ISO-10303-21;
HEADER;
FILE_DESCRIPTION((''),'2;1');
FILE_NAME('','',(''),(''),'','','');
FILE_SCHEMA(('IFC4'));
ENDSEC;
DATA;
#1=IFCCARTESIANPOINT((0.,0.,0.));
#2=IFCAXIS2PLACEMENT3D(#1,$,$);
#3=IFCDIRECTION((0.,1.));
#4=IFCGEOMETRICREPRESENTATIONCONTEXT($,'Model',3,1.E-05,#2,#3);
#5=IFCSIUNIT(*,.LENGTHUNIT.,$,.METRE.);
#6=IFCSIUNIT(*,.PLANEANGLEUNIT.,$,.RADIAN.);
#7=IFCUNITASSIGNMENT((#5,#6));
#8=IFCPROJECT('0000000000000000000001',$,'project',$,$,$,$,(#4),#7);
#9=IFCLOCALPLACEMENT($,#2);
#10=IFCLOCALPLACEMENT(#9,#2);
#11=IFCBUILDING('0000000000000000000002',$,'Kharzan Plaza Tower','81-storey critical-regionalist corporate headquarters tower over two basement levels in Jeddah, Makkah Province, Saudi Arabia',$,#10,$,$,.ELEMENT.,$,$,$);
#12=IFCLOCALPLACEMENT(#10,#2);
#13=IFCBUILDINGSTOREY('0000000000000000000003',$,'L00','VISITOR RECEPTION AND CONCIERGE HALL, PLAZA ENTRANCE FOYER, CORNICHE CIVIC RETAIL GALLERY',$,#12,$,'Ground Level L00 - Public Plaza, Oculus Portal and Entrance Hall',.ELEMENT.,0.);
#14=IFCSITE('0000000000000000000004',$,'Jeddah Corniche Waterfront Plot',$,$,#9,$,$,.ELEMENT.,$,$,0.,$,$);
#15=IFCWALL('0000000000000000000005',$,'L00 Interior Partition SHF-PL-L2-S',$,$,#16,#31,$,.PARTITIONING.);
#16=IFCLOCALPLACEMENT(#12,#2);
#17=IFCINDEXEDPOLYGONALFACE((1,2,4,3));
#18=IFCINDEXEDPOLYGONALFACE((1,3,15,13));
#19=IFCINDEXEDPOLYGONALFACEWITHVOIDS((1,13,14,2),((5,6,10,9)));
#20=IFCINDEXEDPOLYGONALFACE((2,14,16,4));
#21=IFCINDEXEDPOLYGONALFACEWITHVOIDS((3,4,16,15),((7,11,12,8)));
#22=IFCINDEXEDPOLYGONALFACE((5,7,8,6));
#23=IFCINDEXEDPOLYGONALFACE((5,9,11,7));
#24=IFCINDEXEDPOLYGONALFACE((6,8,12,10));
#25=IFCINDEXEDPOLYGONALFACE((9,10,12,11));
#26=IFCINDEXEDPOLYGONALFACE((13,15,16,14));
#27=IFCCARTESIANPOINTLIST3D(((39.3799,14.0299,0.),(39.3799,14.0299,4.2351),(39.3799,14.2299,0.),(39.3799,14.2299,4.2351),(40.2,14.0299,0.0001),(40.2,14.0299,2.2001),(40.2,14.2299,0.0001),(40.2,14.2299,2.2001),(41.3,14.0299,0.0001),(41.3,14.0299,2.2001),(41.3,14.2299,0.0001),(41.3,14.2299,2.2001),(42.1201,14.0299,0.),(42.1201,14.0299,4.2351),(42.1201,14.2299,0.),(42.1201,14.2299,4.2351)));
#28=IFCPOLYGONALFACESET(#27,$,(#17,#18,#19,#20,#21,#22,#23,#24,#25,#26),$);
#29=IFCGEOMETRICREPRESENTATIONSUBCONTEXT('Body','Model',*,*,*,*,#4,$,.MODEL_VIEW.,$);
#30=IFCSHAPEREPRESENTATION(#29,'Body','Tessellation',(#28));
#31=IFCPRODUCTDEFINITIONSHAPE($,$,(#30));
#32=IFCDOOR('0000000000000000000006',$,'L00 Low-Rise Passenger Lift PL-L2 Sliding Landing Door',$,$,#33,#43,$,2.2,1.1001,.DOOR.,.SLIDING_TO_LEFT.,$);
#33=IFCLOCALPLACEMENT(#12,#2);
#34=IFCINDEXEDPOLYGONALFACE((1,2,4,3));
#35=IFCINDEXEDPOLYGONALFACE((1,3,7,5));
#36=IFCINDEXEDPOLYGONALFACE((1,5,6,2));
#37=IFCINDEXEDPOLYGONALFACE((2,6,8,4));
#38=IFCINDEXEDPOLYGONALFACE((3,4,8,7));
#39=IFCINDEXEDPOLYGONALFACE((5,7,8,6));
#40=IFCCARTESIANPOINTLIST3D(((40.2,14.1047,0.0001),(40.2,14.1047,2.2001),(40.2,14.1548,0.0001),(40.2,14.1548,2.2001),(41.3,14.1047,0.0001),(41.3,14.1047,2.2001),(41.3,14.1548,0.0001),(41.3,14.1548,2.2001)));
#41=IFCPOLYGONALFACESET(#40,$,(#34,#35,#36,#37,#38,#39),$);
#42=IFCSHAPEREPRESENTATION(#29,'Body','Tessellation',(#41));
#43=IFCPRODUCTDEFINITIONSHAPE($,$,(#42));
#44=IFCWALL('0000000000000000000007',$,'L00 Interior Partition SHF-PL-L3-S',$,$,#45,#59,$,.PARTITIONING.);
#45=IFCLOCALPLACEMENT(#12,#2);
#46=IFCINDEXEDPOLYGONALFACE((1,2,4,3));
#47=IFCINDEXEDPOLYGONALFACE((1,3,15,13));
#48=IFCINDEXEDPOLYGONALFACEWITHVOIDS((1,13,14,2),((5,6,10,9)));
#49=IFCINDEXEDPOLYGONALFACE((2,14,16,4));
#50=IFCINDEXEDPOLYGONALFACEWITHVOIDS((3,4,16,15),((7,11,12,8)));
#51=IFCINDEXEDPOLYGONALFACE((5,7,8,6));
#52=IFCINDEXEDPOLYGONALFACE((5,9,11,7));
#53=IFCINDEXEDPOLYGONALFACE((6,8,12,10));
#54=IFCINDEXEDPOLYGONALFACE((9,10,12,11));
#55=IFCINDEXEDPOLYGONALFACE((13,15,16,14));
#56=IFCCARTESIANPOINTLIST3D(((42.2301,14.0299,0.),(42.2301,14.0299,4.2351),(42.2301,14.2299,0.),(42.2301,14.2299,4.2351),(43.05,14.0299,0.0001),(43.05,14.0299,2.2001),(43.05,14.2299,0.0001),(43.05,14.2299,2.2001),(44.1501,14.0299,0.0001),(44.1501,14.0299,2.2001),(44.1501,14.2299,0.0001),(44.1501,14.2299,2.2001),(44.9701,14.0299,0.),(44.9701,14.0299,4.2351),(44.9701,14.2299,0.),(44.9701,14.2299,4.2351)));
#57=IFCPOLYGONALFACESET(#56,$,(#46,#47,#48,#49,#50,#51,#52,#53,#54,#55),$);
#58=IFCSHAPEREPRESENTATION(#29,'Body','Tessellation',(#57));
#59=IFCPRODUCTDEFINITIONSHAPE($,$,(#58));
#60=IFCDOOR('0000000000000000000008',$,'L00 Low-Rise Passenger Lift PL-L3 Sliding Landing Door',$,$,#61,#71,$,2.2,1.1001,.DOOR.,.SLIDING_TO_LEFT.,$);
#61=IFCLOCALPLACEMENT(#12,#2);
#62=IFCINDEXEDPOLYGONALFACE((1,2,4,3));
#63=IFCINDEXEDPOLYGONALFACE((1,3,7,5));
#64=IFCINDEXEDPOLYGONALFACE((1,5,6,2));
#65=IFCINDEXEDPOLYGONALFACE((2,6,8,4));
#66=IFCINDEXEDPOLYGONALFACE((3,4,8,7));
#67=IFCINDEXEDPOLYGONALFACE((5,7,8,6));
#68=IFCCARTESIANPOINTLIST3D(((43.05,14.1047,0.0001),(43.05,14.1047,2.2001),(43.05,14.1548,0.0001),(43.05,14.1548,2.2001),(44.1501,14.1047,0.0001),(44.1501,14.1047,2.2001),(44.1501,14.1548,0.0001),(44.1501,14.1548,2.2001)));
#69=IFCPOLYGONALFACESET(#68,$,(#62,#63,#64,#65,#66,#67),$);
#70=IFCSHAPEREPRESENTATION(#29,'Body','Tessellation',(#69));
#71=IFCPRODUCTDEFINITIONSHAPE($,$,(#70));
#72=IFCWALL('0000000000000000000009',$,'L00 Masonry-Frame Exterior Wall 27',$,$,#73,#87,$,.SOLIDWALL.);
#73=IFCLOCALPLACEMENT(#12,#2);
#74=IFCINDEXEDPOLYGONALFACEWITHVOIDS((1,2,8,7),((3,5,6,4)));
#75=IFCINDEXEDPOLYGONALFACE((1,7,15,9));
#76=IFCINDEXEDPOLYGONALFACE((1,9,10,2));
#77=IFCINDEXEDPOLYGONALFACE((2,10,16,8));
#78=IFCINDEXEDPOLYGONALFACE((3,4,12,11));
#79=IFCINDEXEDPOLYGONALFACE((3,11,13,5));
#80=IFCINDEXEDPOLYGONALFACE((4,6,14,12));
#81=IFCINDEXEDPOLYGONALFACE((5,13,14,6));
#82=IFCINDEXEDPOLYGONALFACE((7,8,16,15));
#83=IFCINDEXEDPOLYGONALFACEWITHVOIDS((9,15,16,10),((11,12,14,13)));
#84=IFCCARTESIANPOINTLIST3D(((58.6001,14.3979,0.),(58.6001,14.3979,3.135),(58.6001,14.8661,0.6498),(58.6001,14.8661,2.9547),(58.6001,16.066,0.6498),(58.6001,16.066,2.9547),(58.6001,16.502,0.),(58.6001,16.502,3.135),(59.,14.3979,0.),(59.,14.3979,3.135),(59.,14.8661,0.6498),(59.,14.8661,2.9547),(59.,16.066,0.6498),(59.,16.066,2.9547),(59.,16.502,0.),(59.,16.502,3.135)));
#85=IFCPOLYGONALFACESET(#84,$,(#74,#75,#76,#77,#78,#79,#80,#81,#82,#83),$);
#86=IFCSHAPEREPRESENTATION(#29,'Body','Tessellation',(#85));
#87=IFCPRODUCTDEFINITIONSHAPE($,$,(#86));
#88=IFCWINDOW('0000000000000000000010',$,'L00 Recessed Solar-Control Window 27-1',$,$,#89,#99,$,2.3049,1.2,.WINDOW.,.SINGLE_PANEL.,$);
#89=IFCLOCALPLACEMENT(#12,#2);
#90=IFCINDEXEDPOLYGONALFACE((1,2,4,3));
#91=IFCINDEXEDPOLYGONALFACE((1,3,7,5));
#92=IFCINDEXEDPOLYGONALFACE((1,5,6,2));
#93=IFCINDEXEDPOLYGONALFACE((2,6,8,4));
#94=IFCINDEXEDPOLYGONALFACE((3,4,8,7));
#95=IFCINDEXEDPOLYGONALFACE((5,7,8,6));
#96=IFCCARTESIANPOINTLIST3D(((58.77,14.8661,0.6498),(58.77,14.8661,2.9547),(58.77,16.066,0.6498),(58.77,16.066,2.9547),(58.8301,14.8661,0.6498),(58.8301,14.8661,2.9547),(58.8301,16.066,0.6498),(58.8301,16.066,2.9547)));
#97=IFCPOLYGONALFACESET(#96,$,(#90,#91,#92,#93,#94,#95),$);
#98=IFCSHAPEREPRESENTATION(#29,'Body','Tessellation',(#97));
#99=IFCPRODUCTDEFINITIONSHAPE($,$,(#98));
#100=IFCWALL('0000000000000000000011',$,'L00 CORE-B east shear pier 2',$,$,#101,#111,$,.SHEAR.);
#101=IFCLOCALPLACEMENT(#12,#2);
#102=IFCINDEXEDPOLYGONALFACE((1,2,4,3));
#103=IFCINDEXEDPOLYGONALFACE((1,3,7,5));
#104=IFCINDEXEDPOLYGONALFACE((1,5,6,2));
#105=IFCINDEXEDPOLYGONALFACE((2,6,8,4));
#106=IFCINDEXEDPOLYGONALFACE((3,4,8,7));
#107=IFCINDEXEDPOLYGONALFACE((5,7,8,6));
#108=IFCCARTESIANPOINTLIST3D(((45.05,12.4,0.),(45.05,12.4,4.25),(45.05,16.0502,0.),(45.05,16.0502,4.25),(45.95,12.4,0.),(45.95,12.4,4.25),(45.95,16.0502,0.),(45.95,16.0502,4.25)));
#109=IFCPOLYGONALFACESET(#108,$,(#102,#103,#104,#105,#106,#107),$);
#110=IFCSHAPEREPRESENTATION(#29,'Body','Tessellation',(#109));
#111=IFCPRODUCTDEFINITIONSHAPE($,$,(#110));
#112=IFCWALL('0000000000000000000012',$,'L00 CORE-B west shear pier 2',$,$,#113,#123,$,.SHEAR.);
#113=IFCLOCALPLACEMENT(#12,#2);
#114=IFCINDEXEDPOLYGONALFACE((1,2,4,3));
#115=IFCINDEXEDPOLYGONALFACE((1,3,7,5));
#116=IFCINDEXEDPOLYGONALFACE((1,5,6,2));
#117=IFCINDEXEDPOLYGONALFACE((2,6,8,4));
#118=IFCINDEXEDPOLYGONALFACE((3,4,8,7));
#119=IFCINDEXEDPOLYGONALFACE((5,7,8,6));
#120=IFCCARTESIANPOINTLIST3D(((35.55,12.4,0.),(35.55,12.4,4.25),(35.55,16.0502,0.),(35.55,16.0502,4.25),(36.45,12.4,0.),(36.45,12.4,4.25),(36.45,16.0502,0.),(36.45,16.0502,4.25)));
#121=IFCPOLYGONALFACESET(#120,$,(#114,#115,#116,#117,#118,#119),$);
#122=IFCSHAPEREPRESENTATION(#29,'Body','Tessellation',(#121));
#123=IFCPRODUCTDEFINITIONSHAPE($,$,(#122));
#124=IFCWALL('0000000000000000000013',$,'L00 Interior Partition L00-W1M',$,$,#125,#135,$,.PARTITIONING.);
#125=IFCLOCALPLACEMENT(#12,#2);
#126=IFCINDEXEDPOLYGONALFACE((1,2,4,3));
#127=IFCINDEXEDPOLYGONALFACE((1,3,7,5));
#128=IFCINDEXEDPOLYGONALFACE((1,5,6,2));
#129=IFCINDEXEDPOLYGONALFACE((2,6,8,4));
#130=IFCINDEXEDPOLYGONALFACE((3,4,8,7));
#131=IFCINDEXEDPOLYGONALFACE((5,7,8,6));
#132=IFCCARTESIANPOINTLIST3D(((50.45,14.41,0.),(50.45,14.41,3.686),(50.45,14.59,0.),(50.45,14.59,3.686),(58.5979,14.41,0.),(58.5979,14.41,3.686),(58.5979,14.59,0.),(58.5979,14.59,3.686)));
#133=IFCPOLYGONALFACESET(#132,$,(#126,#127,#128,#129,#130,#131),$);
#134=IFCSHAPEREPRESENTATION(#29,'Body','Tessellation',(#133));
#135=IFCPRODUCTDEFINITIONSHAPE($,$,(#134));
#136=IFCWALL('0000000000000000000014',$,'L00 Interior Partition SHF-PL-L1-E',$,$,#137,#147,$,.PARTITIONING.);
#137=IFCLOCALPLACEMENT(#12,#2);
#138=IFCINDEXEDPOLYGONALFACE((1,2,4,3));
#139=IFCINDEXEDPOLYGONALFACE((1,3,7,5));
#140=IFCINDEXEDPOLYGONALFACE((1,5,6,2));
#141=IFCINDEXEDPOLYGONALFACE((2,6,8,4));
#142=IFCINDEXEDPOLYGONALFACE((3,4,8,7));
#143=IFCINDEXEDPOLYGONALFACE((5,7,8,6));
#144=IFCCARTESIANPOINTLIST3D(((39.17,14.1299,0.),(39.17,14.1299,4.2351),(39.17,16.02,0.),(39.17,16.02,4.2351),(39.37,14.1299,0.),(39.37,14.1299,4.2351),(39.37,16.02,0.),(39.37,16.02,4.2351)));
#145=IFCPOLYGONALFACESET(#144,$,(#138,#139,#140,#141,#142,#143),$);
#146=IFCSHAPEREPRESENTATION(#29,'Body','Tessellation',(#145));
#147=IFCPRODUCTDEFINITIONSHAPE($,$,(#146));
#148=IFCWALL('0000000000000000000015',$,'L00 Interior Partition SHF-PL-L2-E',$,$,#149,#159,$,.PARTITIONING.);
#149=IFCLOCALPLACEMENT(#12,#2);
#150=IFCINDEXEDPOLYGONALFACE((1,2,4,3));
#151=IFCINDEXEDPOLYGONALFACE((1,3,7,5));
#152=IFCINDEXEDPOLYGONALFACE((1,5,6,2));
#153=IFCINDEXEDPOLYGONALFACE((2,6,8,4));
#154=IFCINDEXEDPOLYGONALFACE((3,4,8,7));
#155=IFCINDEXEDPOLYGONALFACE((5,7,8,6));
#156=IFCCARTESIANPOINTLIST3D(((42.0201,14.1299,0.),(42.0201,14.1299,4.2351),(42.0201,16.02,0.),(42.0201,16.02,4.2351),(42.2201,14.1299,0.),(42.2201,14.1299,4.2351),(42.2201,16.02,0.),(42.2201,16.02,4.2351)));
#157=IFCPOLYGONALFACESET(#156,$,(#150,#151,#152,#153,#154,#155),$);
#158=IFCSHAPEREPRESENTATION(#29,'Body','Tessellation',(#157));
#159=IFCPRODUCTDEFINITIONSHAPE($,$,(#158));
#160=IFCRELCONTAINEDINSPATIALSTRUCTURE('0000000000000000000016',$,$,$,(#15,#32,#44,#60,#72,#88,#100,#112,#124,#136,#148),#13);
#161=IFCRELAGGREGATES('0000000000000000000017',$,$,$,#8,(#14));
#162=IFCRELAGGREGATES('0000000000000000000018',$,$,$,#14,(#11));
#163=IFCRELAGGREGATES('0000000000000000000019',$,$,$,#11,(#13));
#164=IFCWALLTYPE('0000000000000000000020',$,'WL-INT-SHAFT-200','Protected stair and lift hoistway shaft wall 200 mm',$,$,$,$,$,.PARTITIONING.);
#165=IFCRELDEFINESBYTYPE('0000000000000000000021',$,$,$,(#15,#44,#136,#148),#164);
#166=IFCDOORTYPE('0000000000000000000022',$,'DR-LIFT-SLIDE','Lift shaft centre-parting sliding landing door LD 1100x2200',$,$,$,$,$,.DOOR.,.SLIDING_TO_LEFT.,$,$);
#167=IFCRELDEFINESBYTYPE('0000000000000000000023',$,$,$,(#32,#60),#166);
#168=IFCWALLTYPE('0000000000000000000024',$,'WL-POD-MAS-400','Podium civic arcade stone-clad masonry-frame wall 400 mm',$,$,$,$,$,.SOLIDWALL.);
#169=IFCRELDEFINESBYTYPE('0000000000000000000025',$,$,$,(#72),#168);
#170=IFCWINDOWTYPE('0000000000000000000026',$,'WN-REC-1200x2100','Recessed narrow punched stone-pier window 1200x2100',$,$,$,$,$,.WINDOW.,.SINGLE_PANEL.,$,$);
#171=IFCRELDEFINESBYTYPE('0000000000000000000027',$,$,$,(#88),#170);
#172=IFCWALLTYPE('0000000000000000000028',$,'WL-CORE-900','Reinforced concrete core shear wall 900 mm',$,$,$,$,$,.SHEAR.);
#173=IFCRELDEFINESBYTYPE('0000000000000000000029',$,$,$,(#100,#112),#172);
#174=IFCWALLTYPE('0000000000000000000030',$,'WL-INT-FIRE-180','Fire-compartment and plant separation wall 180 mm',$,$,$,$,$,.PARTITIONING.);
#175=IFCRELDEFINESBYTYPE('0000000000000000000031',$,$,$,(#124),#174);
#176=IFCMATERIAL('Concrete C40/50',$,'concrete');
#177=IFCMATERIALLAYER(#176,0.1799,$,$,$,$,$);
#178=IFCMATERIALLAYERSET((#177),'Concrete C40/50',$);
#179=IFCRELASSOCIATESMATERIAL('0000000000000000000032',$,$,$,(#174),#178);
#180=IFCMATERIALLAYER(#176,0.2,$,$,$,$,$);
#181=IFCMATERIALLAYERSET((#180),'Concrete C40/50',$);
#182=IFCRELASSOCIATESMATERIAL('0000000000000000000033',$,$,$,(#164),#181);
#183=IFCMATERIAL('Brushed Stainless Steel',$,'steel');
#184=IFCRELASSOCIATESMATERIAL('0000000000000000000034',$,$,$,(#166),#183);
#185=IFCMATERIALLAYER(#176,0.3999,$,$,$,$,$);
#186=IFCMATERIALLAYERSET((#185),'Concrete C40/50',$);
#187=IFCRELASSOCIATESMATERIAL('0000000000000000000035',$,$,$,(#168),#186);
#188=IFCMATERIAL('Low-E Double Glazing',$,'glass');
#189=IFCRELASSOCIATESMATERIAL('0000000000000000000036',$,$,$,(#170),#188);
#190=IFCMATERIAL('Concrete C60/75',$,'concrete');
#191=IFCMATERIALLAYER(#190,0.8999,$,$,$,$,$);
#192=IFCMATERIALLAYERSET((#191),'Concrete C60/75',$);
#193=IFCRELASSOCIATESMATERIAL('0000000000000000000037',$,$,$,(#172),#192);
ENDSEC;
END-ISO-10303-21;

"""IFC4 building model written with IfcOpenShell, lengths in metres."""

from ifc_helpers import new_model, si_unit, direction, frame, frame_2d, origin, place, context, subcontext, project, spatial, rectangle, extrude, source, transform, mapped, material, layer, layer_set, type_object, element, fill, save


model = new_model("IFC4")

# Units and contexts
model_context = context("Model", 3, precision=1e-05, world=origin(), true_north=direction((0.0, 1.0)))
body_context = subcontext(model_context, "Body", "Model", "MODEL_VIEW")
ifc_project = project(units=[si_unit("LENGTHUNIT", "METRE"), si_unit("PLANEANGLEUNIT", "RADIAN")], contexts=[model_context])

# Site, building, storey
site_placement = place(None, origin())
site = spatial("IfcSite", under=ifc_project, at=site_placement, Name="Jeddah Corniche Waterfront Plot", CompositionType="ELEMENT", RefElevation=0.0)
building_placement = place(site_placement, origin())
building = spatial("IfcBuilding", under=site, at=building_placement, Name="Kharzan Plaza Tower", Description="81-storey critical-regionalist corporate headquarters tower over two basement levels in Jeddah, Makkah Province, Saudi Arabia", CompositionType="ELEMENT")
storey_placement = place(building_placement, origin())
storey = spatial("IfcBuildingStorey", under=building, at=storey_placement, Name="L00", Description="VISITOR RECEPTION AND CONCIERGE HALL, PLAZA ENTRANCE FOYER, CORNICHE CIVIC RETAIL GALLERY", LongName="Ground Level L00 - Public Plaza, Oculus Portal and Entrance Hall", CompositionType="ELEMENT", Elevation=0.0)

# Shared definitions
ifc_material_1 = material(Name="Concrete C60/75", Category="concrete")

# Walls, openings, doors
ifc_material_2 = material(Name="Concrete C40/50", Category="concrete")
ifc_layer_1 = layer(ifc_material_2, 0.1799)
ifc_layer_set_1 = layer_set([ifc_layer_1], Name="Concrete C40/50")
wall_type_1 = type_object("IfcWallType", Name="WL-INT-FIRE-180", Description="Fire-compartment and plant separation wall 180 mm", PredefinedType="PARTITIONING", material=ifc_layer_set_1)
ifc_layer_2 = layer(ifc_material_2, 0.2)
ifc_layer_set_2 = layer_set([ifc_layer_2], Name="Concrete C40/50")
wall_type_2 = type_object("IfcWallType", Name="WL-INT-SHAFT-200", Description="Protected stair and lift hoistway shaft wall 200 mm", PredefinedType="PARTITIONING", material=ifc_layer_set_2)
ifc_material_3 = material(Name="Brushed Stainless Steel", Category="steel")
door_type_1 = type_object("IfcDoorType", Name="DR-LIFT-SLIDE", Description="Lift shaft centre-parting sliding landing door LD 1100x2200", OperationType="SLIDING_TO_LEFT", PredefinedType="DOOR", material=ifc_material_3)
shared_shape_1 = source(origin(), body_context, "Body", "SweptSolid", [
    extrude(rectangle(XDim=1.1001, YDim=2.2, at=frame_2d((0.55, 1.1001))), frame((0.0, 0.0249, 0.0), z_axis=(0.0, -1.0, 0.0), x_axis=(1.0, 0.0, 0.0)), (0.0, 0.0, 1.0), 0.05),
])
wall_1_placement = place(storey_placement, frame((39.3799, 14.1299, 0.0), z_axis=(0.0, 0.0, 1.0), x_axis=(1.0, 0.0, 0.0)))
wall_1 = element("IfcWall", 1, at=wall_1_placement, inside=storey, type_object=wall_type_2, Name="L00 Interior Partition SHF-PL-L2-S", PredefinedType="PARTITIONING", context=body_context, shape_type="SweptSolid", body=[
    extrude(rectangle(XDim=2.7402, YDim=0.2, at=frame_2d((1.3701, 0.0))), origin(), (0.0, 0.0, 1.0), 4.2351),
])
opening_1_placement = place(wall_1_placement, frame((0.8201, 0.0, 0.0)))
opening_1 = element("IfcOpeningElement", 2, at=opening_1_placement, cuts=wall_1, PredefinedType="OPENING", context=body_context, shape_type="SweptSolid", body=[
    extrude(rectangle(XDim=1.1001, YDim=2.2, at=frame_2d((0.55, 1.1001))), frame((0.0, 0.1099, 0.0), z_axis=(0.0, -1.0, 0.0), x_axis=(1.0, 0.0, 0.0)), (0.0, 0.0, 1.0), 0.22),
])
door_1_placement = place(opening_1_placement, origin())
door_1 = element("IfcDoor", 3, at=door_1_placement, inside=storey, type_object=door_type_1, Name="L00 Low-Rise Passenger Lift PL-L2 Sliding Landing Door", OperationType="SLIDING_TO_LEFT", OverallHeight=2.2, OverallWidth=1.1001, PredefinedType="DOOR", context=body_context, shape_type="MappedRepresentation", body=[
    mapped(shared_shape_1, transform((0.0, 0.0, 0.0), x_axis=(1.0, 0.0, 0.0), y_axis=(0.0, 1.0, 0.0), z_axis=(0.0, 0.0, 1.0))),
])
fill(opening_1, door_1)
wall_2_placement = place(storey_placement, frame((42.23, 14.1299, 0.0), z_axis=(0.0, 0.0, 1.0), x_axis=(1.0, 0.0, 0.0)))
wall_2 = element("IfcWall", 4, at=wall_2_placement, inside=storey, type_object=wall_type_2, Name="L00 Interior Partition SHF-PL-L3-S", PredefinedType="PARTITIONING", context=body_context, shape_type="SweptSolid", body=[
    extrude(rectangle(XDim=2.74, YDim=0.2, at=frame_2d((1.3701, 0.0))), origin(), (0.0, 0.0, 1.0), 4.2351),
])
opening_2_placement = place(wall_2_placement, frame((0.8201, 0.0, 0.0)))
opening_2 = element("IfcOpeningElement", 5, at=opening_2_placement, cuts=wall_2, PredefinedType="OPENING", context=body_context, shape_type="SweptSolid", body=[
    extrude(rectangle(XDim=1.1001, YDim=2.2, at=frame_2d((0.55, 1.1001))), frame((0.0, 0.1099, 0.0), z_axis=(0.0, -1.0, 0.0), x_axis=(1.0, 0.0, 0.0)), (0.0, 0.0, 1.0), 0.22),
])
door_2_placement = place(opening_2_placement, origin())
door_2 = element("IfcDoor", 6, at=door_2_placement, inside=storey, type_object=door_type_1, Name="L00 Low-Rise Passenger Lift PL-L3 Sliding Landing Door", OperationType="SLIDING_TO_LEFT", OverallHeight=2.2, OverallWidth=1.1001, PredefinedType="DOOR", context=body_context, shape_type="MappedRepresentation", body=[
    mapped(shared_shape_1, transform((0.0, 0.0, 0.0), x_axis=(1.0, 0.0, 0.0), y_axis=(0.0, 1.0, 0.0), z_axis=(0.0, 0.0, 1.0))),
])
fill(opening_2, door_2)

# Wall, opening, window
ifc_layer_3 = layer(ifc_material_2, 0.3999)
ifc_layer_set_3 = layer_set([ifc_layer_3], Name="Concrete C40/50")
wall_type_3 = type_object("IfcWallType", Name="WL-POD-MAS-400", Description="Podium civic arcade stone-clad masonry-frame wall 400 mm", PredefinedType="SOLIDWALL", material=ifc_layer_set_3)
wall_3_placement = place(storey_placement, frame((58.8, 14.3979, 0.0), z_axis=(0.0, 0.0, 1.0), x_axis=(0.0, 1.0, 0.0)))
wall_3 = element("IfcWall", 7, at=wall_3_placement, inside=storey, type_object=wall_type_3, Name="L00 Masonry-Frame Exterior Wall 27", PredefinedType="SOLIDWALL", context=body_context, shape_type="SweptSolid", body=[
    extrude(rectangle(XDim=2.104, YDim=0.3999, at=frame_2d((1.052, 0.0))), origin(), (0.0, 0.0, 1.0), 3.135),
])
opening_3_placement = place(wall_3_placement, frame((0.468, 0.0, 0.6499)))
opening_3 = element("IfcOpeningElement", 8, at=opening_3_placement, cuts=wall_3, PredefinedType="OPENING", context=body_context, shape_type="SweptSolid", body=[
    extrude(rectangle(XDim=1.2, YDim=2.3049, at=frame_2d((0.6001, 1.1523))), frame((0.0, 0.21, 0.0), z_axis=(0.0, -1.0, 0.0), x_axis=(1.0, 0.0, 0.0)), (0.0, 0.0, 1.0), 0.4199),
])
ifc_material_4 = material(Name="Low-E Double Glazing", Category="glass")
window_type = type_object("IfcWindowType", Name="WN-REC-1200x2100", Description="Recessed narrow punched stone-pier window 1200x2100", PartitioningType="SINGLE_PANEL", PredefinedType="WINDOW", material=ifc_material_4)
shared_shape_2 = source(origin(), body_context, "Body", "SweptSolid", [
    extrude(rectangle(XDim=1.2, YDim=2.3049, at=frame_2d((0.6001, 1.1523))), frame((0.0, 0.03, 0.0), z_axis=(0.0, -1.0, 0.0), x_axis=(1.0, 0.0, 0.0)), (0.0, 0.0, 1.0), 0.0601),
])
window_placement = place(opening_3_placement, origin())
window = element("IfcWindow", 9, at=window_placement, inside=storey, type_object=window_type, Name="L00 Recessed Solar-Control Window 27-1", OverallHeight=2.3049, OverallWidth=1.2, PartitioningType="SINGLE_PANEL", PredefinedType="WINDOW", context=body_context, shape_type="MappedRepresentation", body=[
    mapped(shared_shape_2, transform((0.0, 0.0, 0.0), x_axis=(1.0, 0.0, 0.0), y_axis=(0.0, 1.0, 0.0), z_axis=(0.0, 0.0, 1.0))),
])
fill(opening_3, window)

# Walls
ifc_layer_4 = layer(ifc_material_1, 0.8999)
ifc_layer_set_4 = layer_set([ifc_layer_4], Name="Concrete C60/75")
wall_type_4 = type_object("IfcWallType", Name="WL-CORE-900", Description="Reinforced concrete core shear wall 900 mm", PredefinedType="SHEAR", material=ifc_layer_set_4)
shared_shape_3 = source(origin(), body_context, "Body", "SweptSolid", [
    extrude(rectangle(XDim=3.6501, YDim=0.8999, at=frame_2d((1.8252, 0.0))), origin(), (0.0, 0.0, 1.0), 4.25),
])
for number, where, z_axis, x_axis, name in (
    (10, (45.5, 12.3999, 0.0), (0.0, 0.0, 1.0), (0.0, 1.0, 0.0), "L00 CORE-B east shear pier 2"),
    (11, (36.0, 12.3999, 0.0), (0.0, 0.0, 1.0), (0.0, 1.0, 0.0), "L00 CORE-B west shear pier 2"),
):
    element("IfcWall", number, at=place(storey_placement, frame(where, z_axis=z_axis, x_axis=x_axis)), inside=storey, type_object=wall_type_4, Name=name, PredefinedType="SHEAR", context=body_context, shape_type="MappedRepresentation", body=[
        mapped(shared_shape_3, transform((0.0, 0.0, 0.0), x_axis=(1.0, 0.0, 0.0), y_axis=(0.0, 1.0, 0.0), z_axis=(0.0, 0.0, 1.0))),
    ])
shared_shape_4 = source(origin(), body_context, "Body", "SweptSolid", [
    extrude(rectangle(XDim=8.1479, YDim=0.1799, at=frame_2d((4.074, 0.0))), origin(), (0.0, 0.0, 1.0), 3.686),
])
wall_4_placement = place(storey_placement, frame((50.45, 14.5, 0.0), z_axis=(0.0, 0.0, 1.0), x_axis=(1.0, 0.0, 0.0)))
element("IfcWall", 12, at=wall_4_placement, inside=storey, type_object=wall_type_1, Name="L00 Interior Partition L00-W1M", PredefinedType="PARTITIONING", context=body_context, shape_type="MappedRepresentation", body=[
    mapped(shared_shape_4, transform((0.0, 0.0, 0.0), x_axis=(1.0, 0.0, 0.0), y_axis=(0.0, 1.0, 0.0), z_axis=(0.0, 0.0, 1.0))),
])
shared_shape_5 = source(origin(), body_context, "Body", "SweptSolid", [
    extrude(rectangle(XDim=1.8901, YDim=0.2, at=frame_2d((0.9451, 0.0))), origin(), (0.0, 0.0, 1.0), 4.2351),
])
for number, where, z_axis, x_axis, name in (
    (13, (39.27, 14.1299, 0.0), (0.0, 0.0, 1.0), (0.0, 1.0, 0.0), "L00 Interior Partition SHF-PL-L1-E"),
    (14, (42.1201, 14.1299, 0.0), (0.0, 0.0, 1.0), (0.0, 1.0, 0.0), "L00 Interior Partition SHF-PL-L2-E"),
):
    element("IfcWall", number, at=place(storey_placement, frame(where, z_axis=z_axis, x_axis=x_axis)), inside=storey, type_object=wall_type_2, Name=name, PredefinedType="PARTITIONING", context=body_context, shape_type="MappedRepresentation", body=[
        mapped(shared_shape_5, transform((0.0, 0.0, 0.0), x_axis=(1.0, 0.0, 0.0), y_axis=(0.0, 1.0, 0.0), z_axis=(0.0, 0.0, 1.0))),
    ])

save(model, "model.ifc")
